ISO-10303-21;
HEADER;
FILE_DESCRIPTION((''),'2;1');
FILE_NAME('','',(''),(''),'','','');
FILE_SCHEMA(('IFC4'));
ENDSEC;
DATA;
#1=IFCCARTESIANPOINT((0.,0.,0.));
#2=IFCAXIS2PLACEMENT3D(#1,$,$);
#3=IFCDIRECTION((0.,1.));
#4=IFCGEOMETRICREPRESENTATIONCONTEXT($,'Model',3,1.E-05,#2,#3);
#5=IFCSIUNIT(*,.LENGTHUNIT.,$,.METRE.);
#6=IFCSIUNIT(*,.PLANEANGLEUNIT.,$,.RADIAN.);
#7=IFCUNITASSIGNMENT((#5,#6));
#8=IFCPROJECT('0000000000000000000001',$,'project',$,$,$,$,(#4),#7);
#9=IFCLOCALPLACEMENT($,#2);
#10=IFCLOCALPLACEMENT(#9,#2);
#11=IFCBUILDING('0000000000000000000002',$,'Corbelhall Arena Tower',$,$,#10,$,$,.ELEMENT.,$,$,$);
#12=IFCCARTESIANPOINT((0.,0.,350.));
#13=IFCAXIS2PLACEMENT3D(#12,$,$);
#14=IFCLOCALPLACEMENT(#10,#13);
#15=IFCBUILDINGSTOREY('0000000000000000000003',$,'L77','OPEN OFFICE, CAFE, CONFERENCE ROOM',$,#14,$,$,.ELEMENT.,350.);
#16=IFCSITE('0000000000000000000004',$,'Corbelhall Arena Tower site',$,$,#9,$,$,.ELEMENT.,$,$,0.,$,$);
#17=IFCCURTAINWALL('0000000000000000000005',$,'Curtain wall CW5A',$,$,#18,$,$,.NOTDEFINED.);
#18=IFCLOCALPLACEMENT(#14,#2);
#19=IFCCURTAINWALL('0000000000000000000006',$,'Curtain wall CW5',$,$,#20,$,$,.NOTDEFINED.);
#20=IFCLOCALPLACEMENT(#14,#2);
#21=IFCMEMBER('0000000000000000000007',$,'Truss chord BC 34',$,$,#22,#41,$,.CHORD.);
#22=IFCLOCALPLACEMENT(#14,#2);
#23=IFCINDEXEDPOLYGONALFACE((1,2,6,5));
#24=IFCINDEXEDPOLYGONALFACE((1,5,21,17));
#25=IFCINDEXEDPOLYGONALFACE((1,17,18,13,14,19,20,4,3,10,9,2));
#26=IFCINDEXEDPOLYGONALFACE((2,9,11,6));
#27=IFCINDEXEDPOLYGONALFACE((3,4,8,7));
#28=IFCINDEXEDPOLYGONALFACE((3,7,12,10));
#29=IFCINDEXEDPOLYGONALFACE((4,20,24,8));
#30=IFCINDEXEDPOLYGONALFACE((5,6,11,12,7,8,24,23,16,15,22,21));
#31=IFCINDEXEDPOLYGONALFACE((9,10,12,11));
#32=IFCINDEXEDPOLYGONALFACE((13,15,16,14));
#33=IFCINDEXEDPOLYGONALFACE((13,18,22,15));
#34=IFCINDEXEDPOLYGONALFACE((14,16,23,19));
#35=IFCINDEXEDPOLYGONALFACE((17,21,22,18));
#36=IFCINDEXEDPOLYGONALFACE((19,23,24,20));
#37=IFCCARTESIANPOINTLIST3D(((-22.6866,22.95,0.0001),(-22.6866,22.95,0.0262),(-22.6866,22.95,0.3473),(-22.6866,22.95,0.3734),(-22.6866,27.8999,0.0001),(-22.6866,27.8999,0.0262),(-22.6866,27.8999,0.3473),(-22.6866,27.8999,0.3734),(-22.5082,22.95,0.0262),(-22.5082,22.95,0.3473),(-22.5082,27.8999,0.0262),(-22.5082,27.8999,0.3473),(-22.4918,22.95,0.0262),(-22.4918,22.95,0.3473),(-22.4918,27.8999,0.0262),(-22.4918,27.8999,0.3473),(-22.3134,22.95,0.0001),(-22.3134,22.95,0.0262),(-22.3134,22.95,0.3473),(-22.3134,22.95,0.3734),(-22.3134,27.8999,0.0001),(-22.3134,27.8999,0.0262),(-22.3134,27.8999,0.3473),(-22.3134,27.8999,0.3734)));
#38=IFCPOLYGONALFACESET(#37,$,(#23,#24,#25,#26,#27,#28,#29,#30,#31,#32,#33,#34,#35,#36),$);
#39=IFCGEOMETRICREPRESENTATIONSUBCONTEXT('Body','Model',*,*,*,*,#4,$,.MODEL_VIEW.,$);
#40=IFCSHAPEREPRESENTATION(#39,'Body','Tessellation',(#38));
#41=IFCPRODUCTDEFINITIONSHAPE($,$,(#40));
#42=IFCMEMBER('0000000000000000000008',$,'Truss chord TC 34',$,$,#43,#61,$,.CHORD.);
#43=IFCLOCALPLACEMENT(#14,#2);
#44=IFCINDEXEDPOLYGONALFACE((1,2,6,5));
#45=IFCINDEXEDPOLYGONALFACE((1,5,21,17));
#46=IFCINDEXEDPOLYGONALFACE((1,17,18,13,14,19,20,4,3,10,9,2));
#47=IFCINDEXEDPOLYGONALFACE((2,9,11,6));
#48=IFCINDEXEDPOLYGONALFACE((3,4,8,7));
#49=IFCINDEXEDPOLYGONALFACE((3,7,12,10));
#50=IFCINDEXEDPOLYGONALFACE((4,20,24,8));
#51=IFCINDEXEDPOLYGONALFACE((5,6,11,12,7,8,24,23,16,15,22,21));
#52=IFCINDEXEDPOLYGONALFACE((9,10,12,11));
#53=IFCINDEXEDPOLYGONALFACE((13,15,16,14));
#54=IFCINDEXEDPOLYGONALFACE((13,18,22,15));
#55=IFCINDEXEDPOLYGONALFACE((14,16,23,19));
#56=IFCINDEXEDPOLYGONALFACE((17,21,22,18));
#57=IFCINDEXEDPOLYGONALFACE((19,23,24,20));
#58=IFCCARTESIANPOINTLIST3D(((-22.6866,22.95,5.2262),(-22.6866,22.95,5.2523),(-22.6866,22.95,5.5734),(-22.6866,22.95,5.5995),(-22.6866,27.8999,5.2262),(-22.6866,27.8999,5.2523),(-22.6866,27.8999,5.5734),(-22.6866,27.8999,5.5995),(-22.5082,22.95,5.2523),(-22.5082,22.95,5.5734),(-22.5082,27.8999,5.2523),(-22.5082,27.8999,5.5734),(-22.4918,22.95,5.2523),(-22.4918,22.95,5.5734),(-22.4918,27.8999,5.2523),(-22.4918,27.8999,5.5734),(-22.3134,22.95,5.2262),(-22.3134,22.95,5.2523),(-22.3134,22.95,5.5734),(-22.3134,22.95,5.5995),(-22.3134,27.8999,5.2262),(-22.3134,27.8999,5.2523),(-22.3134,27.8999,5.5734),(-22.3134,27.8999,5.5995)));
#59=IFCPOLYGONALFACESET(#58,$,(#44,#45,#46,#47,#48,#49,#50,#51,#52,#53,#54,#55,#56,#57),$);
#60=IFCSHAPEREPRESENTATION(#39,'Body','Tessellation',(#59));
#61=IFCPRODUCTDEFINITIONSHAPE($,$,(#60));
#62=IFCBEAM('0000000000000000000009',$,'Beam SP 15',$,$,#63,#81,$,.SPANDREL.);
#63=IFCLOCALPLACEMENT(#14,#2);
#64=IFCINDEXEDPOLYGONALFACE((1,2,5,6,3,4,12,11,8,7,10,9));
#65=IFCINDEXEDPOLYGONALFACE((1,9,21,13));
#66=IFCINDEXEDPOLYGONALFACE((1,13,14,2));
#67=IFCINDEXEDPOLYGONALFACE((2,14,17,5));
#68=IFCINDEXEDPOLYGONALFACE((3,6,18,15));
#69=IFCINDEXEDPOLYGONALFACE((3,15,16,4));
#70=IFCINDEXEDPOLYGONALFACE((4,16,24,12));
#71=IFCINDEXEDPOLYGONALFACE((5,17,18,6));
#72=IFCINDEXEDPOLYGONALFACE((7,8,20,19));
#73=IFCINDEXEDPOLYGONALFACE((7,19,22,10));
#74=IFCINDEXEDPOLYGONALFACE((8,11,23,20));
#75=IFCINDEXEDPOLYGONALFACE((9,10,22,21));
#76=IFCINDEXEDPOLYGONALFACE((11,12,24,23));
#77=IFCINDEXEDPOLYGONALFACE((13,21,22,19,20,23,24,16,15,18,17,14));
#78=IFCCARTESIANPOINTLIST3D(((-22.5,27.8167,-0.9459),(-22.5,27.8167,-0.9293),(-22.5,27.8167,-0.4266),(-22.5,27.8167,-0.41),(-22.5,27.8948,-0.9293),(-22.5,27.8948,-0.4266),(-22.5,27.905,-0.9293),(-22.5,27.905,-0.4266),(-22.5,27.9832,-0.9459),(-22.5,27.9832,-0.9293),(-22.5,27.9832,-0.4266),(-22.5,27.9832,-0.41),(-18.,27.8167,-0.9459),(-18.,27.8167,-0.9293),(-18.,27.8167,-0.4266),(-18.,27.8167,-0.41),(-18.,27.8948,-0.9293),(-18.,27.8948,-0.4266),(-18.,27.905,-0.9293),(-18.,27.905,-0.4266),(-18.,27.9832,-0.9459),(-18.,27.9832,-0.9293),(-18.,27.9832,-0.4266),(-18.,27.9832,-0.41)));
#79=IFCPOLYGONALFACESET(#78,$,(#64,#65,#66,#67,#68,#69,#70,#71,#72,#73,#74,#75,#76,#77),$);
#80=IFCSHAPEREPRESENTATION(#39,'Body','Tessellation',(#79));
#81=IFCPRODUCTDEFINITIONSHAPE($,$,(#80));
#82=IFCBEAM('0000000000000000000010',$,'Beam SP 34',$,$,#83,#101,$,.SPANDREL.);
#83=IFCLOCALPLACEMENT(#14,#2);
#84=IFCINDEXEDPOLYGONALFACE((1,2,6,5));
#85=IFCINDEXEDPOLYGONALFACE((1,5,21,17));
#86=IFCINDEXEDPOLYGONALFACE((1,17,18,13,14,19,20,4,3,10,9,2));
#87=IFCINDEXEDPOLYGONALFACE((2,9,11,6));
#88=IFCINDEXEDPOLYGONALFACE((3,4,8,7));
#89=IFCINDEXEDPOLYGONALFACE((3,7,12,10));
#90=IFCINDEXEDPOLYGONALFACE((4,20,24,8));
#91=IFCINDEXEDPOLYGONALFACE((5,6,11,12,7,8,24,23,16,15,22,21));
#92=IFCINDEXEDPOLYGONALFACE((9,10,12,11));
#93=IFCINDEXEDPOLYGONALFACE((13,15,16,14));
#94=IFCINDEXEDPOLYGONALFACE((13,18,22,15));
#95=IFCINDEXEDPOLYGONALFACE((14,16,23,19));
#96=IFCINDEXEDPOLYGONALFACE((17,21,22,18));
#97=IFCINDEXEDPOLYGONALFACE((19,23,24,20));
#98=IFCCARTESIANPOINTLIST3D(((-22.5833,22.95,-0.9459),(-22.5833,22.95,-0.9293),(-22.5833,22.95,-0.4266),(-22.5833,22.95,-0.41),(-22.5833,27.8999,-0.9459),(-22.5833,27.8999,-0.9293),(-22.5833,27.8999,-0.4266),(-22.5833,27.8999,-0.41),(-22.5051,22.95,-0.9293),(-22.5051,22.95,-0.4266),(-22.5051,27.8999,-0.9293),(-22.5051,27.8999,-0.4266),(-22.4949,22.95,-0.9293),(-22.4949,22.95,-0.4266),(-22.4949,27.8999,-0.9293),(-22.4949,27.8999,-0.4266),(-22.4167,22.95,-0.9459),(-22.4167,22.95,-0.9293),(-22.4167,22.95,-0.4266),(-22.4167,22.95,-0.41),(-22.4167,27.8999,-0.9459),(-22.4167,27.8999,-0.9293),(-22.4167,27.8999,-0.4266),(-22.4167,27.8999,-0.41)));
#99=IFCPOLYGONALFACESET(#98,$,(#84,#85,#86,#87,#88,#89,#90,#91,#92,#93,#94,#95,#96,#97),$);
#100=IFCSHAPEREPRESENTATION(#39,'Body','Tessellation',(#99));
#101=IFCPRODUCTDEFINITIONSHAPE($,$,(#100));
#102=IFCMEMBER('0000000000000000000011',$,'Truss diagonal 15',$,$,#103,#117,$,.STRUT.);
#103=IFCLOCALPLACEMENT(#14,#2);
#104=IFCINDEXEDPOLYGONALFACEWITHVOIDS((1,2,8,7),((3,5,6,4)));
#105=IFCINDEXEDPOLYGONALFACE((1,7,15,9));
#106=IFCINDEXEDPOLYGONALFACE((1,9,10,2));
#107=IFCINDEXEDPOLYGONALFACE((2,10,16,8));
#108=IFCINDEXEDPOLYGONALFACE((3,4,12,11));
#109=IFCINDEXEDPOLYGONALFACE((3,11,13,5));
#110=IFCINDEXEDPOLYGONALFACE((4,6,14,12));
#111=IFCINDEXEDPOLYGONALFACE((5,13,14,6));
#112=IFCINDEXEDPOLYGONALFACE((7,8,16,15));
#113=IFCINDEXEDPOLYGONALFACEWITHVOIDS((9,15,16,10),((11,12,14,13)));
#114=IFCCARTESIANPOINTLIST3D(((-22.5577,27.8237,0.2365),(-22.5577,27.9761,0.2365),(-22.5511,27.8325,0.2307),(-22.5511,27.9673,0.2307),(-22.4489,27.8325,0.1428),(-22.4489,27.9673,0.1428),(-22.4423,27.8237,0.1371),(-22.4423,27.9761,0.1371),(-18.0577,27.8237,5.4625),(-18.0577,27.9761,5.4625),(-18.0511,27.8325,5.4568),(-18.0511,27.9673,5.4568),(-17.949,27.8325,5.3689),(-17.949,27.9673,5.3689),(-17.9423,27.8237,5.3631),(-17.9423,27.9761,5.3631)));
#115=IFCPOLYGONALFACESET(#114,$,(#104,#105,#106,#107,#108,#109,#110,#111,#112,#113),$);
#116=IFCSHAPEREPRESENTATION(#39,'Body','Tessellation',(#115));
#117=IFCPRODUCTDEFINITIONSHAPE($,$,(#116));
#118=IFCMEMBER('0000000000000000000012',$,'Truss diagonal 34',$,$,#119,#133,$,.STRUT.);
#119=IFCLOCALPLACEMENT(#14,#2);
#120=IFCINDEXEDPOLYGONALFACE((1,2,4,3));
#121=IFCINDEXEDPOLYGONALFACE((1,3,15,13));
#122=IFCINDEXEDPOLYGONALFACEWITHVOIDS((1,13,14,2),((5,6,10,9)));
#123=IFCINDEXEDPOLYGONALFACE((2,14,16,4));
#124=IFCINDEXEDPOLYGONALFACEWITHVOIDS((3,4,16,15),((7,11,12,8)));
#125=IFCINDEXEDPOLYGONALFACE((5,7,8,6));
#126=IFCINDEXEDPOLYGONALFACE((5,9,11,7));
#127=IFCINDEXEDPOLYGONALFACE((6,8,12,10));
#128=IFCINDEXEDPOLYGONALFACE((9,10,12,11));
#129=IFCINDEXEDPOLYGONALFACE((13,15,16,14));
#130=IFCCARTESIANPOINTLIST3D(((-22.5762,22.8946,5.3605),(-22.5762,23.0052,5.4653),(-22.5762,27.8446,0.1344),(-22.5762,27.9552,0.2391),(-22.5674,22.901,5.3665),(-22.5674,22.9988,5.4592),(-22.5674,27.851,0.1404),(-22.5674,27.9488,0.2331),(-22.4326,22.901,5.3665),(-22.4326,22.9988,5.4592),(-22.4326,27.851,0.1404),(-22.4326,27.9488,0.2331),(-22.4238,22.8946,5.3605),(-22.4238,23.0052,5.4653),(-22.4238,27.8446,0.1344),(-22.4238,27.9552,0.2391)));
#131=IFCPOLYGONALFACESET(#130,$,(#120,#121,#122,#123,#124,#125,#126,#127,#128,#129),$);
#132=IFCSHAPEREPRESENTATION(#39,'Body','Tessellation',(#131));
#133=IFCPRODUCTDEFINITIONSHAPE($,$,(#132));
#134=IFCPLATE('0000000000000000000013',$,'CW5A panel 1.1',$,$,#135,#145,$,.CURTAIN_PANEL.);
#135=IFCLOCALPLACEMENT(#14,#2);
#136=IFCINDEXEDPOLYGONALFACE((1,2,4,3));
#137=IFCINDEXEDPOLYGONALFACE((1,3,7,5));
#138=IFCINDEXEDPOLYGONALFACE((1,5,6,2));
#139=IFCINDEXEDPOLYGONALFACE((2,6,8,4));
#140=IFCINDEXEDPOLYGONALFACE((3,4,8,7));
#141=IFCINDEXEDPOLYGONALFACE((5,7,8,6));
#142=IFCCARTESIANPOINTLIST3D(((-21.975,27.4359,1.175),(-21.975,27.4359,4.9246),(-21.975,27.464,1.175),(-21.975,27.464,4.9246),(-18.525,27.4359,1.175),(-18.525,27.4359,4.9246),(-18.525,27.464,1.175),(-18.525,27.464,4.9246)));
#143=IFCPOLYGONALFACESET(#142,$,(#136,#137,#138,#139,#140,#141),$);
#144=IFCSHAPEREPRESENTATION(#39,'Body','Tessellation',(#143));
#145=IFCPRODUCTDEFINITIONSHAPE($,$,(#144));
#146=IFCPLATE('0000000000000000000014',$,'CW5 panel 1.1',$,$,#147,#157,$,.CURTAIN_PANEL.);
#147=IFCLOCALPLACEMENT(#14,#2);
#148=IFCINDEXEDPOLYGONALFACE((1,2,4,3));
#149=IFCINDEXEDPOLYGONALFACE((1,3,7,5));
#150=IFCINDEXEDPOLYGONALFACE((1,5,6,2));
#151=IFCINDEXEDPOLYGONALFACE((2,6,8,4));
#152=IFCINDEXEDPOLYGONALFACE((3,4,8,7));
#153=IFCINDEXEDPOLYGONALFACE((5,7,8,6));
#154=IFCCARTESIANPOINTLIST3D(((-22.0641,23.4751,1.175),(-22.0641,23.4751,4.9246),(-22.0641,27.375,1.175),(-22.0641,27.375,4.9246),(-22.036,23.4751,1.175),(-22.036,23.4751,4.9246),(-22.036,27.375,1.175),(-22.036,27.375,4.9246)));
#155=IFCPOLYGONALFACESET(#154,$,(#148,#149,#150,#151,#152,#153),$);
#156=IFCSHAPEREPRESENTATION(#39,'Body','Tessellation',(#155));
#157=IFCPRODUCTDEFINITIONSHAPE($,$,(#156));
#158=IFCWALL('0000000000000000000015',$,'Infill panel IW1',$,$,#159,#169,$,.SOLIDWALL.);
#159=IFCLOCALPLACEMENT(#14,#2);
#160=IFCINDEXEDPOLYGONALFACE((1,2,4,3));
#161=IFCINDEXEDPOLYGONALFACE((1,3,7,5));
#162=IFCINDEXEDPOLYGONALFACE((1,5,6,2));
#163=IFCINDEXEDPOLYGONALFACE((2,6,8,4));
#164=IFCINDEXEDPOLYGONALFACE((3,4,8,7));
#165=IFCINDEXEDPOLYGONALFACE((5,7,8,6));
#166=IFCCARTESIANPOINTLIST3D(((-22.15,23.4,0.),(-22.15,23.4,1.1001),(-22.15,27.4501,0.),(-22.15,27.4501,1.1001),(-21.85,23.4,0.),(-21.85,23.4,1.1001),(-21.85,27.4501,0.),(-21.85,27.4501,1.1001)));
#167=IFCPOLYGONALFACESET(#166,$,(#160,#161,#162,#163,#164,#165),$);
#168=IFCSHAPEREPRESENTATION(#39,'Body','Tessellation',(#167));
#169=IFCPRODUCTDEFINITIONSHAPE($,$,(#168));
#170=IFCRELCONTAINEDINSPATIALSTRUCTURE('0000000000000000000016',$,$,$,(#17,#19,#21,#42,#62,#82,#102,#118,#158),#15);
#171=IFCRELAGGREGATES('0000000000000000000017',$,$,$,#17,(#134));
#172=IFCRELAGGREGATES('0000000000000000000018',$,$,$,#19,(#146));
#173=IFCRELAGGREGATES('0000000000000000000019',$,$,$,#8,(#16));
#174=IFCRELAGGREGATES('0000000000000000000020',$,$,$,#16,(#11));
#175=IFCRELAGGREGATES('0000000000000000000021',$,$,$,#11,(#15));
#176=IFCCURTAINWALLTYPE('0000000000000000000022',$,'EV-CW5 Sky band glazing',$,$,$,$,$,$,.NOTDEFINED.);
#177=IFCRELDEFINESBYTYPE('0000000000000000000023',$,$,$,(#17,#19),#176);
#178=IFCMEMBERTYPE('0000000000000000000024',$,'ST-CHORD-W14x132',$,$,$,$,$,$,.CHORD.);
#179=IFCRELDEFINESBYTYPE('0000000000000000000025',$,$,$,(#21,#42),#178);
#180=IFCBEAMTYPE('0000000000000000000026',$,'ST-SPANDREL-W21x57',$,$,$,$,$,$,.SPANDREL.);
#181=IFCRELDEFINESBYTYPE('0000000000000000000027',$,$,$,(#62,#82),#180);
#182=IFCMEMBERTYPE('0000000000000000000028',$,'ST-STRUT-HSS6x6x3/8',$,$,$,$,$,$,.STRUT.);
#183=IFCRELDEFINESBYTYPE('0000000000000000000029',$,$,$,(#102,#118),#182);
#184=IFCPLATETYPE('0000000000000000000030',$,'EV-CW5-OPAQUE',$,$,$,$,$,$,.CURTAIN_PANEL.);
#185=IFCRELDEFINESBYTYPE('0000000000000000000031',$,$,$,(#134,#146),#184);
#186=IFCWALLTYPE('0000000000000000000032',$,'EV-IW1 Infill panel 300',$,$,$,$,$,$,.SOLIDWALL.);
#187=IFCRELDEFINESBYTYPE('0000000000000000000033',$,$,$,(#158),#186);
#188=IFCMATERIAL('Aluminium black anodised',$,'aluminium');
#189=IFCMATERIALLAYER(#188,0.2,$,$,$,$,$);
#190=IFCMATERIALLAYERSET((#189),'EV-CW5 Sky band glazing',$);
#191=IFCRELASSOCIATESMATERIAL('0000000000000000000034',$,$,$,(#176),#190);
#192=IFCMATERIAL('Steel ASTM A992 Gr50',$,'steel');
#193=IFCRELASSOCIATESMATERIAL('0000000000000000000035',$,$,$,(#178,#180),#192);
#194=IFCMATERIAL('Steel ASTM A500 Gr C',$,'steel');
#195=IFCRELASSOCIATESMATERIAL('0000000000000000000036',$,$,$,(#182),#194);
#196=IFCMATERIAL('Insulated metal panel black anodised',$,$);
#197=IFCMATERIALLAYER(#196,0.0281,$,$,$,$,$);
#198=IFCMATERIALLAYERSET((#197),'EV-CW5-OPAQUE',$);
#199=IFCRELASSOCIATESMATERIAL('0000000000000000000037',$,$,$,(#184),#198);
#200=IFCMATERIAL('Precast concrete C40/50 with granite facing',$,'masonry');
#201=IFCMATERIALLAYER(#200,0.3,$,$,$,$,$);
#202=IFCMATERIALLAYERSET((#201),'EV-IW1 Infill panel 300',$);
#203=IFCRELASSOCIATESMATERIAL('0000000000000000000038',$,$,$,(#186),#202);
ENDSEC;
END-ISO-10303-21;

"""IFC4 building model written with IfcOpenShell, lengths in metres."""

from ifc_helpers import new_model, si_unit, direction, frame, frame_2d, origin, origin_2d, place, context, subcontext, project, spatial, rectangle, hollow_rectangle, i_section, extrude, material, layer, layer_set, material_profile, profile_set, type_object, element, aggregate, save


model = new_model("IFC4")

# Units and contexts
model_context = context("Model", 3, precision=1e-05, world=origin(), true_north=direction((0.0, 1.0)))
body_context = subcontext(model_context, "Body", "Model", "MODEL_VIEW")
ifc_project = project(units=[si_unit("LENGTHUNIT", "METRE"), si_unit("PLANEANGLEUNIT", "RADIAN")], contexts=[model_context])

# Site, building, storey
site_placement = place(None, origin())
site = spatial("IfcSite", under=ifc_project, at=site_placement, Name="Corbelhall Arena Tower site", CompositionType="ELEMENT", RefElevation=0.0)
building_placement = place(site_placement, origin())
building = spatial("IfcBuilding", under=site, at=building_placement, Name="Corbelhall Arena Tower", CompositionType="ELEMENT")
storey_placement = place(building_placement, frame((0.0, 0.0, 350.0)))
storey = spatial("IfcBuildingStorey", under=building, at=storey_placement, Name="L77", Description="OPEN OFFICE, CAFE, CONFERENCE ROOM", CompositionType="ELEMENT", Elevation=350.0)

# Curtain walls
ifc_material_1 = material(Name="Aluminium black anodised", Category="aluminium")
ifc_layer_1 = layer(ifc_material_1, 0.2)
ifc_layer_set_1 = layer_set([ifc_layer_1], Name="EV-CW5 Sky band glazing")
curtain_wall_type = type_object("IfcCurtainWallType", Name="EV-CW5 Sky band glazing", PredefinedType="NOTDEFINED", material=ifc_layer_set_1)
curtain_wall_1_placement = place(storey_placement, origin())
curtain_wall_1 = element("IfcCurtainWall", 1, at=curtain_wall_1_placement, inside=storey, type_object=curtain_wall_type, Name="Curtain wall CW5A", PredefinedType="NOTDEFINED")
curtain_wall_2_placement = place(storey_placement, origin())
curtain_wall_2 = element("IfcCurtainWall", 2, at=curtain_wall_2_placement, inside=storey, type_object=curtain_wall_type, Name="Curtain wall CW5", PredefinedType="NOTDEFINED")

# Members
ifc_material_2 = material(Name="Steel ASTM A992 Gr50", Category="steel")
ifc_material_profile_1 = material_profile(ifc_material_2, i_section(OverallWidth=0.3733, OverallDepth=0.3733, WebThickness=0.0164, FlangeThickness=0.0261, at=origin_2d()))
ifc_profile_set_1 = profile_set([ifc_material_profile_1], Name="Steel ASTM A992 Gr50")
member_type_1 = type_object("IfcMemberType", Name="ST-CHORD-W14x132", PredefinedType="CHORD", material=ifc_profile_set_1)
for number, where, z_axis, x_axis, name in (
    (3, (-22.5, 22.95, 0.1868), (0.0, 1.0, 0.0), (-1.0, 0.0, 0.0), "Truss chord BC 34"),
    (4, (-22.5, 22.95, 5.4128), (0.0, 1.0, 0.0), (-1.0, 0.0, 0.0), "Truss chord TC 34"),
):
    element("IfcMember", number, at=place(storey_placement, frame(where, z_axis=z_axis, x_axis=x_axis)), inside=storey, type_object=member_type_1, Name=name, PredefinedType="CHORD", context=body_context, shape_type="SweptSolid", body=[
        extrude(i_section(OverallWidth=0.3733, OverallDepth=0.3733, WebThickness=0.0164, FlangeThickness=0.0261, at=origin_2d()), origin(), (0.0, 0.0, 1.0), 4.95),
    ])

# Beams
ifc_material_profile_2 = material_profile(ifc_material_2, i_section(OverallWidth=0.1665, OverallDepth=0.5359, WebThickness=0.0103, FlangeThickness=0.0166, at=origin_2d()))
ifc_profile_set_2 = profile_set([ifc_material_profile_2], Name="Steel ASTM A992 Gr50")
beam_type = type_object("IfcBeamType", Name="ST-SPANDREL-W21x57", PredefinedType="SPANDREL", material=ifc_profile_set_2)
beam_1_placement = place(storey_placement, frame((-22.5, 27.8999, -0.678), z_axis=(1.0, 0.0, 0.0), x_axis=(0.0, 1.0, 0.0)))
element("IfcBeam", 5, at=beam_1_placement, inside=storey, type_object=beam_type, Name="Beam SP 15", PredefinedType="SPANDREL", context=body_context, shape_type="SweptSolid", body=[
    extrude(i_section(OverallWidth=0.1665, OverallDepth=0.5359, WebThickness=0.0103, FlangeThickness=0.0166, at=origin_2d()), origin(), (0.0, 0.0, 1.0), 4.5),
])
beam_2_placement = place(storey_placement, frame((-22.5, 22.95, -0.678), z_axis=(0.0, 1.0, 0.0), x_axis=(-1.0, 0.0, 0.0)))
element("IfcBeam", 6, at=beam_2_placement, inside=storey, type_object=beam_type, Name="Beam SP 34", PredefinedType="SPANDREL", context=body_context, shape_type="SweptSolid", body=[
    extrude(i_section(OverallWidth=0.1665, OverallDepth=0.5359, WebThickness=0.0103, FlangeThickness=0.0166, at=origin_2d()), origin(), (0.0, 0.0, 1.0), 4.95),
])

# Members
ifc_material_3 = material(Name="Steel ASTM A500 Gr C", Category="steel")
ifc_material_profile_3 = material_profile(ifc_material_3, hollow_rectangle(XDim=0.1523, YDim=0.1523, WallThickness=0.0088, at=origin_2d()))
ifc_profile_set_3 = profile_set([ifc_material_profile_3], Name="Steel ASTM A500 Gr C")
member_type_2 = type_object("IfcMemberType", Name="ST-STRUT-HSS6x6x3/8", PredefinedType="STRUT", material=ifc_profile_set_3)
member_1_placement = place(storey_placement, frame((-22.5, 27.8999, 0.1868), z_axis=(0.652504, 0.0, 0.757785), x_axis=(0.0, 1.0, 0.0)))
element("IfcMember", 7, at=member_1_placement, inside=storey, type_object=member_type_2, Name="Truss diagonal 15", PredefinedType="STRUT", context=body_context, shape_type="SweptSolid", body=[
    extrude(hollow_rectangle(XDim=0.1523, YDim=0.1523, WallThickness=0.0088, at=origin_2d()), origin(), (0.0, 0.0, 1.0), 6.8965),
])
member_2_placement = place(storey_placement, frame((-22.5, 27.8999, 0.1868), z_axis=(0.0, -0.687667, 0.726027), x_axis=(1.0, 0.0, 0.0)))
element("IfcMember", 8, at=member_2_placement, inside=storey, type_object=member_type_2, Name="Truss diagonal 34", PredefinedType="STRUT", context=body_context, shape_type="SweptSolid", body=[
    extrude(hollow_rectangle(XDim=0.1523, YDim=0.1523, WallThickness=0.0088, at=origin_2d()), origin(), (0.0, 0.0, 1.0), 7.1982),
])

# Plates
ifc_material_4 = material(Name="Insulated metal panel black anodised")
ifc_layer_2 = layer(ifc_material_4, 0.0281)
ifc_layer_set_2 = layer_set([ifc_layer_2], Name="EV-CW5-OPAQUE")
plate_type = type_object("IfcPlateType", Name="EV-CW5-OPAQUE", PredefinedType="CURTAIN_PANEL", material=ifc_layer_set_2)
plate_1_placement = place(storey_placement, frame((-20.25, 27.45, 1.175), z_axis=(0.0, 0.0, 1.0), x_axis=(-1.0, 0.0, 0.0)))
plate_1 = element("IfcPlate", 9, at=plate_1_placement, type_object=plate_type, Name="CW5A panel 1.1", PredefinedType="CURTAIN_PANEL", context=body_context, shape_type="SweptSolid", body=[
    extrude(rectangle(XDim=3.45, YDim=0.0281, at=origin_2d()), origin(), (0.0, 0.0, 1.0), 3.7495),
])
aggregate(curtain_wall_1, [plate_1])
plate_2_placement = place(storey_placement, frame((-22.05, 25.425, 1.175), z_axis=(0.0, 0.0, 1.0), x_axis=(0.0, -1.0, 0.0)))
plate_2 = element("IfcPlate", 10, at=plate_2_placement, type_object=plate_type, Name="CW5 panel 1.1", PredefinedType="CURTAIN_PANEL", context=body_context, shape_type="SweptSolid", body=[
    extrude(rectangle(XDim=3.8999, YDim=0.0281, at=origin_2d()), origin(), (0.0, 0.0, 1.0), 3.7495),
])
aggregate(curtain_wall_2, [plate_2])

# Wall
ifc_material_5 = material(Name="Precast concrete C40/50 with granite facing", Category="masonry")
ifc_layer_3 = layer(ifc_material_5, 0.3)
ifc_layer_set_3 = layer_set([ifc_layer_3], Name="EV-IW1 Infill panel 300")
wall_type = type_object("IfcWallType", Name="EV-IW1 Infill panel 300", PredefinedType="SOLIDWALL", material=ifc_layer_set_3)
wall_placement = place(storey_placement, frame((-22.0, 27.45, 0.0), z_axis=(0.0, 0.0, 1.0), x_axis=(0.0, -1.0, 0.0)))
element("IfcWall", 11, at=wall_placement, inside=storey, type_object=wall_type, Name="Infill panel IW1", PredefinedType="SOLIDWALL", context=body_context, shape_type="SweptSolid", body=[
    extrude(rectangle(XDim=4.05, YDim=0.3, at=frame_2d((2.0249, 0.0))), origin(), (0.0, 0.0, 1.0), 1.1001),
])

save(model, "model.ifc")
